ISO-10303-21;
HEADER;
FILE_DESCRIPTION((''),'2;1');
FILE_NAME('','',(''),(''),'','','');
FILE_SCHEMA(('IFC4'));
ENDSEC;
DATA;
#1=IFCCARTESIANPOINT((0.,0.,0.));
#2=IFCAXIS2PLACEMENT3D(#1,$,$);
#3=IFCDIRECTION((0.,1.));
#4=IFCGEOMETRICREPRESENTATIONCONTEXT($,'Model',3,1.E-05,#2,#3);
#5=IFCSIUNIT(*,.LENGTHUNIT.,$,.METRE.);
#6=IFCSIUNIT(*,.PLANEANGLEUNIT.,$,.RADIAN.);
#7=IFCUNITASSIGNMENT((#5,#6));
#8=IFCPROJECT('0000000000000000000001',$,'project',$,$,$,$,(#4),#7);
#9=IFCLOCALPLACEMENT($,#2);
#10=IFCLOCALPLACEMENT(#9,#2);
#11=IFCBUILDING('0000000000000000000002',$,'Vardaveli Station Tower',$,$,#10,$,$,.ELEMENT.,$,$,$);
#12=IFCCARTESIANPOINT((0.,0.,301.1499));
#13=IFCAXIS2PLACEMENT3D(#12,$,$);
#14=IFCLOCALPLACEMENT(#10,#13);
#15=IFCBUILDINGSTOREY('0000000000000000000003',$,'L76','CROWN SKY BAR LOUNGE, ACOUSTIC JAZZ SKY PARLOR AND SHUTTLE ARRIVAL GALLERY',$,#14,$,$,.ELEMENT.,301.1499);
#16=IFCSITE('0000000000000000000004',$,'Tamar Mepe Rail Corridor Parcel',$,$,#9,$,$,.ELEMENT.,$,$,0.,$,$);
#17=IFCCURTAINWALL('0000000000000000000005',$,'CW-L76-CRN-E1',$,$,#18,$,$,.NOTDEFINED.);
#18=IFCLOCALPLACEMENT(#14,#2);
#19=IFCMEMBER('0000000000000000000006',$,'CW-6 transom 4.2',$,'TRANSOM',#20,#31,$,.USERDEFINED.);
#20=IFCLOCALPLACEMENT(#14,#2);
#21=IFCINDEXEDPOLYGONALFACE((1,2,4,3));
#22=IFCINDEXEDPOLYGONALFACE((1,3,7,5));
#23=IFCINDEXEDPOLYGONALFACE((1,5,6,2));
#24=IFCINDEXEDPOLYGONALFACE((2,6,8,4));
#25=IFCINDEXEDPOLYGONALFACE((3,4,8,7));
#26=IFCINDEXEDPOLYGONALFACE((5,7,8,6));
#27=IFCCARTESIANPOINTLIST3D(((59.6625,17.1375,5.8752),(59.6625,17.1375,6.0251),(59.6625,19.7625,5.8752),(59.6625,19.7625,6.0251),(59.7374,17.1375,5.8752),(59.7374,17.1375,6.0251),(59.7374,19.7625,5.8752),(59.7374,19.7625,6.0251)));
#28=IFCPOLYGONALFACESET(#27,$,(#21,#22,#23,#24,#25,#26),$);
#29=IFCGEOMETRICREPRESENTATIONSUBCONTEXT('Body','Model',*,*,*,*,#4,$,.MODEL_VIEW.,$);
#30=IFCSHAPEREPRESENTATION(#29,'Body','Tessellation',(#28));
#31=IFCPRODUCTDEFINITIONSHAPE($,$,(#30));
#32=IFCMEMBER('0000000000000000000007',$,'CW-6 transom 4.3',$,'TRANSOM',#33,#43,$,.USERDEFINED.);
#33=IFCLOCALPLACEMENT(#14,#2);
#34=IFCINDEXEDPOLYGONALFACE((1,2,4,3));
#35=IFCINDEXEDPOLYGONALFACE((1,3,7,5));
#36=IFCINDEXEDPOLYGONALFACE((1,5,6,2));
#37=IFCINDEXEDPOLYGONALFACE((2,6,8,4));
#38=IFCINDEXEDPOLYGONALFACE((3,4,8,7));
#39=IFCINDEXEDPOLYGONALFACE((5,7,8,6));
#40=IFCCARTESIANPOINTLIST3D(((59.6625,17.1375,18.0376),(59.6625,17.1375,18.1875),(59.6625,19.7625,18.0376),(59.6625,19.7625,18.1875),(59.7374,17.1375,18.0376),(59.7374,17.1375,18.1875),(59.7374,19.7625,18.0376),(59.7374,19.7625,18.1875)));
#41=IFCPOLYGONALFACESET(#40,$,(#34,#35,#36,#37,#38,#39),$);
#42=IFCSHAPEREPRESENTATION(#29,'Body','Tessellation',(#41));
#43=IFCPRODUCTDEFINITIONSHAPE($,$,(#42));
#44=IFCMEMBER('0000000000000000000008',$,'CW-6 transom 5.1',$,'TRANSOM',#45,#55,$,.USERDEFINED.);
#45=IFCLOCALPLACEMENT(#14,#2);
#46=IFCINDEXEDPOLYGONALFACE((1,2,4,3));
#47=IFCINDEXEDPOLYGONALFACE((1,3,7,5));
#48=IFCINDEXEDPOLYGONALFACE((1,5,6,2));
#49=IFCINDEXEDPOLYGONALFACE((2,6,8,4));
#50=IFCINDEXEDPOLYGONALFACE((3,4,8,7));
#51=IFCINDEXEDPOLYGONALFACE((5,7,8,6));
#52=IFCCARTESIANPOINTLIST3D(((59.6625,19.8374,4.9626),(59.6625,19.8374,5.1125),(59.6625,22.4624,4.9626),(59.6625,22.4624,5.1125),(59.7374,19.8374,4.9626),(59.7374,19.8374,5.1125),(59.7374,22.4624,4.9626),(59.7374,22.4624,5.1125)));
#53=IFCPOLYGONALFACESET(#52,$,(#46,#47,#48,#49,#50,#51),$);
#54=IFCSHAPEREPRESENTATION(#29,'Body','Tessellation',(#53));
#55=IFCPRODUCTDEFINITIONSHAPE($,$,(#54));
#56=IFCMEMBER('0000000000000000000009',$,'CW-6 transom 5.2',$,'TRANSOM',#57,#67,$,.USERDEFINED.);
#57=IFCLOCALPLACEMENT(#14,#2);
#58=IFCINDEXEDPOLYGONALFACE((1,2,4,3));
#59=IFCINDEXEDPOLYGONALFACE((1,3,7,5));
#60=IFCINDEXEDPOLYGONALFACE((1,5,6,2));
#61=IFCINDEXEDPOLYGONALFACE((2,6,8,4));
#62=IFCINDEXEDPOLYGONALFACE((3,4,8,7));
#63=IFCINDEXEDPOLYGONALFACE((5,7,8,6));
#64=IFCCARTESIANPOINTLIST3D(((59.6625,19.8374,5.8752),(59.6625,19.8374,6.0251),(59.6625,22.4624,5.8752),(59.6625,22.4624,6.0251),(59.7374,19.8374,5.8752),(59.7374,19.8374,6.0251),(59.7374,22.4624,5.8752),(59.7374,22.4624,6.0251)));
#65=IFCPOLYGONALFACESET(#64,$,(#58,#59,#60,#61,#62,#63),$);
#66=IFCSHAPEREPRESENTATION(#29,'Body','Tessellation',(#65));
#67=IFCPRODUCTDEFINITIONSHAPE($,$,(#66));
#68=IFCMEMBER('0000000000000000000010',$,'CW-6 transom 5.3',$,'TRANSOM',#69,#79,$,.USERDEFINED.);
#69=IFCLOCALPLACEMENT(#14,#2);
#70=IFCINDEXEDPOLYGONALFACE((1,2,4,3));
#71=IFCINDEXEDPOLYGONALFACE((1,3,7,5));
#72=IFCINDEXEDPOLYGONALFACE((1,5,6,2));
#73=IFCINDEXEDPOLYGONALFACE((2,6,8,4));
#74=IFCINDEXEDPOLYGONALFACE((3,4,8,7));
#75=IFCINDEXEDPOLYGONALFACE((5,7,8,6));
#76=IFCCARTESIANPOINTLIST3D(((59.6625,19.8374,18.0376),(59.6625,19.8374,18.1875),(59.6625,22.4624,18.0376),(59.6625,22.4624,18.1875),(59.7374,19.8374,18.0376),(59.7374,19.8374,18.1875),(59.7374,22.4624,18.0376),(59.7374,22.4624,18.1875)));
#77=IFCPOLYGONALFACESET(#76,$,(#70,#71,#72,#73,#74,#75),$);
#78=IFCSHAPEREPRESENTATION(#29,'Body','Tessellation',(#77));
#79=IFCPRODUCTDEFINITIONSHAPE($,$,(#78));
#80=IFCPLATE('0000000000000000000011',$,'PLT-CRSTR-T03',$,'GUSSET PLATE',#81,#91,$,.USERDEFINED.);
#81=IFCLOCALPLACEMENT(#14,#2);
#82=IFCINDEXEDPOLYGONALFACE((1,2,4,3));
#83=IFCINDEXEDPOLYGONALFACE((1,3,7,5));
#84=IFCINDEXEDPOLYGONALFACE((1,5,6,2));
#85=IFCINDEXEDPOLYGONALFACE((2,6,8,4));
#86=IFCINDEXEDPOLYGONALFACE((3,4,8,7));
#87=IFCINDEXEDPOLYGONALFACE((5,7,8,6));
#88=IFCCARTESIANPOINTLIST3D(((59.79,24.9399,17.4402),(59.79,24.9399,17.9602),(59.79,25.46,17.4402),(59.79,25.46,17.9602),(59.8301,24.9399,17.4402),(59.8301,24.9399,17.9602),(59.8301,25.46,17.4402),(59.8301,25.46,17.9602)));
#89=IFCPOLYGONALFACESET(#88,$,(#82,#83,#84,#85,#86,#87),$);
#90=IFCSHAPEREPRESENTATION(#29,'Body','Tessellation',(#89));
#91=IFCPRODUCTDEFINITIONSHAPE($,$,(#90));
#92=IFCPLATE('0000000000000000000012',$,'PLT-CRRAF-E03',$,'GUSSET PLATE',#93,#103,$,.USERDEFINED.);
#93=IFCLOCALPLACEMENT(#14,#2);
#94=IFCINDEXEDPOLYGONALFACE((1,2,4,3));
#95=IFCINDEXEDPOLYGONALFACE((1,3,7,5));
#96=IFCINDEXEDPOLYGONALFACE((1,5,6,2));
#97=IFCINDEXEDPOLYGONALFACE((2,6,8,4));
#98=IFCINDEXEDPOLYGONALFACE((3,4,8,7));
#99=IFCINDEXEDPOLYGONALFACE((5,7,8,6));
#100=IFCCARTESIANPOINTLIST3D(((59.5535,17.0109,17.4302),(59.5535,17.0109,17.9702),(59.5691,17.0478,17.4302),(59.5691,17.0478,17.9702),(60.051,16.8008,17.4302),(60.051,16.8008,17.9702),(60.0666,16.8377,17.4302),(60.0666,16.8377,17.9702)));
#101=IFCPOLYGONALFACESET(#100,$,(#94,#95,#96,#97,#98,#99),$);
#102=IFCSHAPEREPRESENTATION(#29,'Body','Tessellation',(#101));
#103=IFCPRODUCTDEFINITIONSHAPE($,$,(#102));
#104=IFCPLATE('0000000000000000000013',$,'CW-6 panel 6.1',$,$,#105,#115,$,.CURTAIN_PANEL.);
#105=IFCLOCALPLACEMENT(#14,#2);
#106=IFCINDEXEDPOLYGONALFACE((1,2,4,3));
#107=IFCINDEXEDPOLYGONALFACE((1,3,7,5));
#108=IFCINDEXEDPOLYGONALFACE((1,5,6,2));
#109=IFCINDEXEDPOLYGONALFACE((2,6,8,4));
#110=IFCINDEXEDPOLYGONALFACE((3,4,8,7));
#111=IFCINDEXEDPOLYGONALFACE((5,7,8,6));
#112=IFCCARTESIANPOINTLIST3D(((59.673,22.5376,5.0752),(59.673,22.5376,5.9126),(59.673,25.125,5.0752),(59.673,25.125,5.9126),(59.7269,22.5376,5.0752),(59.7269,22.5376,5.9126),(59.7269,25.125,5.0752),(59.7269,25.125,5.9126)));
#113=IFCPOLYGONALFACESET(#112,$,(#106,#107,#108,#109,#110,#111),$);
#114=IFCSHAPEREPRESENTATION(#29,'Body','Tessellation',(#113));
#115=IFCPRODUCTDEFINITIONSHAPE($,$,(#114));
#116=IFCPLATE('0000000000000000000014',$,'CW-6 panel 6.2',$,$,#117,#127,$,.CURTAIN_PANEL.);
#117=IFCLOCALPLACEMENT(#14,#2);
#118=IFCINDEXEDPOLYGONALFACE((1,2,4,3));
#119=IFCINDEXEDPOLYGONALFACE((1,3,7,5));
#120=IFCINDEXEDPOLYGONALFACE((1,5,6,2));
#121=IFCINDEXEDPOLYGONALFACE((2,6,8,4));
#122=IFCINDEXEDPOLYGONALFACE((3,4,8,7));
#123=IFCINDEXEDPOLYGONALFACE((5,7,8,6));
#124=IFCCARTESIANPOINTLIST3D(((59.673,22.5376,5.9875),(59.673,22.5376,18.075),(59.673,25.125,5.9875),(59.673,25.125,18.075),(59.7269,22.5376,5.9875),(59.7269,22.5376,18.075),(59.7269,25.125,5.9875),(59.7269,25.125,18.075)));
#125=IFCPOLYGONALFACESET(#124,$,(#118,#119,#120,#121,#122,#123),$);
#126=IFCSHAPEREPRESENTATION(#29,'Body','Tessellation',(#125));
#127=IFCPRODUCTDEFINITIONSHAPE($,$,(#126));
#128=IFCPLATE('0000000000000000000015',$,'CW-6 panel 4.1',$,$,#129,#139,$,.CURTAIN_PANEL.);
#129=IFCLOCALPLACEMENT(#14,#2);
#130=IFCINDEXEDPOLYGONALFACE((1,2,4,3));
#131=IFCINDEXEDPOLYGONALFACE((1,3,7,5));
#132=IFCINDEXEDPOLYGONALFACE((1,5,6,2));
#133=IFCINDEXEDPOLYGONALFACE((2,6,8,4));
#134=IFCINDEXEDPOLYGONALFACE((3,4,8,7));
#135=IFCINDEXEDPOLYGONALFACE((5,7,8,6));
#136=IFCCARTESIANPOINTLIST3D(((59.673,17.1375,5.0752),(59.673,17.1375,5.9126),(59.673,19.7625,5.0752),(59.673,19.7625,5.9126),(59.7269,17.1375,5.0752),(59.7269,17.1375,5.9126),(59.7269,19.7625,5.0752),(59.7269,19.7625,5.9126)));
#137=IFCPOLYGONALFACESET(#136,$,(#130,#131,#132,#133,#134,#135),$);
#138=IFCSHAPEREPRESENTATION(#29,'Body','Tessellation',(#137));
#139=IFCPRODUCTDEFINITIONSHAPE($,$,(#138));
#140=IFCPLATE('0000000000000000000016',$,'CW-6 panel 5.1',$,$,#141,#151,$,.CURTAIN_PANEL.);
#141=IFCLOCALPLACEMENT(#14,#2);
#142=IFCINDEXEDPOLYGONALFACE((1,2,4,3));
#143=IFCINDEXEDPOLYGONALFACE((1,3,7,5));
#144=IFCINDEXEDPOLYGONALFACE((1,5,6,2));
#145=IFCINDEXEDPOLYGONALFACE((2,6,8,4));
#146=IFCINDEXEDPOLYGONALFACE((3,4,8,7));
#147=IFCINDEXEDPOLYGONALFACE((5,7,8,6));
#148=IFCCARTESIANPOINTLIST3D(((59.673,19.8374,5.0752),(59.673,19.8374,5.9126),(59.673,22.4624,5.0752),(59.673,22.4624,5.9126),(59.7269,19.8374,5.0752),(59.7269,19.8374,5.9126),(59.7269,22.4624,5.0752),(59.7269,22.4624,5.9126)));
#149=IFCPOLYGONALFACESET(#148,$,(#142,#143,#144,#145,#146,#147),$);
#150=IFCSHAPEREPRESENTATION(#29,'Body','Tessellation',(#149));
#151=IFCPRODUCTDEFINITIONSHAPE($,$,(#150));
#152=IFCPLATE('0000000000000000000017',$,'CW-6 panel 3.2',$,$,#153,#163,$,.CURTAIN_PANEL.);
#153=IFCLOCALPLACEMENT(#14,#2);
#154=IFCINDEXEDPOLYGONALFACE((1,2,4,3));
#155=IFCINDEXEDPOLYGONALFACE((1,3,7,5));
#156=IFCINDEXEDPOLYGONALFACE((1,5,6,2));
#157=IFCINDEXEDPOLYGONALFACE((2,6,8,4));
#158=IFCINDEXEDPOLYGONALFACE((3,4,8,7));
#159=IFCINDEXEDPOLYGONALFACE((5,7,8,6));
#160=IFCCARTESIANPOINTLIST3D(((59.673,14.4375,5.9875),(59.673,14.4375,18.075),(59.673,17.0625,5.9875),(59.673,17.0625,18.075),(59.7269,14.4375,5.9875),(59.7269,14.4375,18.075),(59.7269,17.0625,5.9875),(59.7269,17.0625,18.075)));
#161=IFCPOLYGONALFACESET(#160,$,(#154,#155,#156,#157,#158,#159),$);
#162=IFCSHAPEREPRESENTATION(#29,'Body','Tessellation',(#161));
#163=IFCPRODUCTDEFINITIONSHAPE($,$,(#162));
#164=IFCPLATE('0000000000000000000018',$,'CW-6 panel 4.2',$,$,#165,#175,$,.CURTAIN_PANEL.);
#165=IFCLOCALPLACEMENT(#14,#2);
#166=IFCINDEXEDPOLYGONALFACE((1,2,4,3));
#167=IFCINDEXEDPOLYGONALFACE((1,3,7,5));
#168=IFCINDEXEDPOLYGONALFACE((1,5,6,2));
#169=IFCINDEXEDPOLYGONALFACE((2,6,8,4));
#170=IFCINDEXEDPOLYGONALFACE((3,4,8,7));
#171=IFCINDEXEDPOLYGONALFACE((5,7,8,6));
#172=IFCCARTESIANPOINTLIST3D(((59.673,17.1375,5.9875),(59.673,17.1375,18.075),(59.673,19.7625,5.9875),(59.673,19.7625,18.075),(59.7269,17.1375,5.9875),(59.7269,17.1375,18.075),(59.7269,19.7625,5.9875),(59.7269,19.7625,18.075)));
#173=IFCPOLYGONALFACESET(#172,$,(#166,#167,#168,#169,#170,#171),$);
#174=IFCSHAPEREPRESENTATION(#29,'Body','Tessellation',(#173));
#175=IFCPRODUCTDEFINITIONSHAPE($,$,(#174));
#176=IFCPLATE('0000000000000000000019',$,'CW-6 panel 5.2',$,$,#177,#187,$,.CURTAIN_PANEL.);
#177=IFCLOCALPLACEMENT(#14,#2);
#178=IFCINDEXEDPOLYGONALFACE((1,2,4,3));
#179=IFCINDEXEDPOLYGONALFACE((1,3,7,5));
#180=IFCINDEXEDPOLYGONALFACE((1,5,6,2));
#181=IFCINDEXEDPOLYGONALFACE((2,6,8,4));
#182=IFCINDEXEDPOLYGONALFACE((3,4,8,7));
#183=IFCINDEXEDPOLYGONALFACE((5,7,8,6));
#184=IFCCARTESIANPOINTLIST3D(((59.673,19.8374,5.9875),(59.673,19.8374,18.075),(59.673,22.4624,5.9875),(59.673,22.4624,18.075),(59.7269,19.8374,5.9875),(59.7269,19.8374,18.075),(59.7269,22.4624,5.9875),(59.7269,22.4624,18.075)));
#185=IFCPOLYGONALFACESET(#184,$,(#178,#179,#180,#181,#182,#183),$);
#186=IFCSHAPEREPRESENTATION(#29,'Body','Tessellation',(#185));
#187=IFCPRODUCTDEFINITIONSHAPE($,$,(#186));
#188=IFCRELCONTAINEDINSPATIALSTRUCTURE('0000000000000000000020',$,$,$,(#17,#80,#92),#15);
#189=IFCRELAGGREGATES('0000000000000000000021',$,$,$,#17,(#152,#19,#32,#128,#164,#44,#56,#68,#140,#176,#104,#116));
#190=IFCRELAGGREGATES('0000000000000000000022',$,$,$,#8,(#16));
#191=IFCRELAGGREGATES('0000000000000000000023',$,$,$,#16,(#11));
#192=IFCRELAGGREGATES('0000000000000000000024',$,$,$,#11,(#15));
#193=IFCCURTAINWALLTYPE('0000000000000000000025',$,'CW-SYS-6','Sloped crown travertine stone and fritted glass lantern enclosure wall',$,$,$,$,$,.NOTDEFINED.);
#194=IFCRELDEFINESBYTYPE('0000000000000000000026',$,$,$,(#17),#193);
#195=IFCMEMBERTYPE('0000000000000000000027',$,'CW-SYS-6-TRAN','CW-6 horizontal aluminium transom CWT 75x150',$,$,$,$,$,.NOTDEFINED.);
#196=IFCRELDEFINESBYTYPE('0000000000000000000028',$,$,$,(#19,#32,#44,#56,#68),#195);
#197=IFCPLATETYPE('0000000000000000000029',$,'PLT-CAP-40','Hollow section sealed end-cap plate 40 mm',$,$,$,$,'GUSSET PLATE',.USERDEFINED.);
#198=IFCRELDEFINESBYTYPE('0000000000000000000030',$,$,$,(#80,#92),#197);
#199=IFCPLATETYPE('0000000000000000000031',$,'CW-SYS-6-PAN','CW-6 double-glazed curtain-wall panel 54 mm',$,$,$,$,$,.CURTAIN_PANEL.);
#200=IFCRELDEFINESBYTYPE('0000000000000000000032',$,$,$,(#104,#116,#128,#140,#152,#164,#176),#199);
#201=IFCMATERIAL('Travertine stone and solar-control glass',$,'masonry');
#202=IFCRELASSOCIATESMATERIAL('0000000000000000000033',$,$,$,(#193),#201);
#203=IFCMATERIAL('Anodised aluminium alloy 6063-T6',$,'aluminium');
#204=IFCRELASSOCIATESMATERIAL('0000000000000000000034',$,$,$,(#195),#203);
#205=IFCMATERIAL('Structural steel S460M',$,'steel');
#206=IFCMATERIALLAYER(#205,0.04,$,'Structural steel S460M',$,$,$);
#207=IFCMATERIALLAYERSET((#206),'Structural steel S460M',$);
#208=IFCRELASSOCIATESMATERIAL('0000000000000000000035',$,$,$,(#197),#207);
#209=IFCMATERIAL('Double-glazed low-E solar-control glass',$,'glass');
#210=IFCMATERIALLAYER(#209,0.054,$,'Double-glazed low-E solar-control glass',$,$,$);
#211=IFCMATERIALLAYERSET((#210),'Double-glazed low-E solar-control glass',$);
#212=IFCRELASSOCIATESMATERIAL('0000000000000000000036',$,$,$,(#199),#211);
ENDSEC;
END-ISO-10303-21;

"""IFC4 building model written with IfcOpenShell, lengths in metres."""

from ifc_helpers import new_model, si_unit, direction, frame, origin, origin_2d, place, context, subcontext, project, spatial, rectangle, extrude, source, transform, mapped, material, layer, layer_set, material_profile, profile_set, type_object, element, aggregate, save


model = new_model("IFC4")

# Units and contexts
model_context = context("Model", 3, precision=1e-05, world=origin(), true_north=direction((0.0, 1.0)))
body_context = subcontext(model_context, "Body", "Model", "MODEL_VIEW")
ifc_project = project(units=[si_unit("LENGTHUNIT", "METRE"), si_unit("PLANEANGLEUNIT", "RADIAN")], contexts=[model_context])

# Site, building, storey
site_placement = place(None, origin())
site = spatial("IfcSite", under=ifc_project, at=site_placement, Name="Tamar Mepe Rail Corridor Parcel", CompositionType="ELEMENT", RefElevation=0.0)
building_placement = place(site_placement, origin())
building = spatial("IfcBuilding", under=site, at=building_placement, Name="Vardaveli Station Tower", CompositionType="ELEMENT")
storey_placement = place(building_placement, frame((0.0, 0.0, 301.1499)))
storey = spatial("IfcBuildingStorey", under=building, at=storey_placement, Name="L76", Description="CROWN SKY BAR LOUNGE, ACOUSTIC JAZZ SKY PARLOR AND SHUTTLE ARRIVAL GALLERY", CompositionType="ELEMENT", Elevation=301.1499)

# Shared definitions
ifc_material_1 = material(Name="Structural steel S460M", Category="steel")

# Curtain wall, members
ifc_material_2 = material(Name="Travertine stone and solar-control glass", Category="masonry")
curtain_wall_type = type_object("IfcCurtainWallType", Name="CW-SYS-6", Description="Sloped crown travertine stone and fritted glass lantern enclosure wall", PredefinedType="NOTDEFINED", material=ifc_material_2)
curtain_wall_placement = place(storey_placement, origin())
curtain_wall = element("IfcCurtainWall", 1, at=curtain_wall_placement, inside=storey, type_object=curtain_wall_type, Name="CW-L76-CRN-E1", PredefinedType="NOTDEFINED")
ifc_material_3 = material(Name="Anodised aluminium alloy 6063-T6", Category="aluminium")
ifc_material_profile_1 = material_profile(ifc_material_3, rectangle(XDim=0.075, YDim=0.1499, at=origin_2d()), Name="CWT 75x150")
ifc_profile_set_1 = profile_set([ifc_material_profile_1], Name="Anodised aluminium alloy 6063-T6")
member_type_1 = type_object("IfcMemberType", Name="CW-SYS-6-TRAN", Description="CW-6 horizontal aluminium transom CWT 75x150", PredefinedType="NOTDEFINED", material=ifc_profile_set_1)
shared_shape_1 = source(origin(), body_context, "Body", "SweptSolid", [
    extrude(rectangle(XDim=0.075, YDim=0.1499, at=origin_2d()), origin(), (0.0, 0.0, 1.0), 2.625),
])
member_1_placement = place(storey_placement, frame((59.7, 17.1375, 5.9502), z_axis=(0.0, 1.0, 0.0), x_axis=(-1.0, 0.0, 0.0)))
member_1 = element("IfcMember", 2, at=member_1_placement, type_object=member_type_1, Name="CW-6 transom 4.2", ObjectType="TRANSOM", PredefinedType="USERDEFINED", context=body_context, shape_type="MappedRepresentation", body=[
    mapped(shared_shape_1, transform((0.0, 0.0, 0.0), scale=1.0)),
])
member_2_placement = place(storey_placement, frame((59.7, 17.1375, 18.1125), z_axis=(0.0, 1.0, 0.0), x_axis=(-1.0, 0.0, 0.0)))
member_2 = element("IfcMember", 3, at=member_2_placement, type_object=member_type_1, Name="CW-6 transom 4.3", ObjectType="TRANSOM", PredefinedType="USERDEFINED", context=body_context, shape_type="MappedRepresentation", body=[
    mapped(shared_shape_1, transform((0.0, 0.0, 0.0), scale=1.0)),
])
member_3_placement = place(storey_placement, frame((59.7, 19.8374, 5.0376), z_axis=(0.0, 1.0, 0.0), x_axis=(-1.0, 0.0, 0.0)))
member_3 = element("IfcMember", 4, at=member_3_placement, type_object=member_type_1, Name="CW-6 transom 5.1", ObjectType="TRANSOM", PredefinedType="USERDEFINED", context=body_context, shape_type="MappedRepresentation", body=[
    mapped(shared_shape_1, transform((0.0, 0.0, 0.0), scale=1.0)),
])
member_4_placement = place(storey_placement, frame((59.7, 19.8374, 5.9502), z_axis=(0.0, 1.0, 0.0), x_axis=(-1.0, 0.0, 0.0)))
member_4 = element("IfcMember", 5, at=member_4_placement, type_object=member_type_1, Name="CW-6 transom 5.2", ObjectType="TRANSOM", PredefinedType="USERDEFINED", context=body_context, shape_type="MappedRepresentation", body=[
    mapped(shared_shape_1, transform((0.0, 0.0, 0.0), scale=1.0)),
])
member_5_placement = place(storey_placement, frame((59.7, 19.8374, 18.1125), z_axis=(0.0, 1.0, 0.0), x_axis=(-1.0, 0.0, 0.0)))
member_5 = element("IfcMember", 6, at=member_5_placement, type_object=member_type_1, Name="CW-6 transom 5.3", ObjectType="TRANSOM", PredefinedType="USERDEFINED", context=body_context, shape_type="MappedRepresentation", body=[
    mapped(shared_shape_1, transform((0.0, 0.0, 0.0), scale=1.0)),
])

# Plates
ifc_layer_1 = layer(ifc_material_1, 0.04, Name="Structural steel S460M")
ifc_layer_set_1 = layer_set([ifc_layer_1], Name="Structural steel S460M")
plate_type_1 = type_object("IfcPlateType", Name="PLT-CAP-40", Description="Hollow section sealed end-cap plate 40 mm", ElementType="GUSSET PLATE", PredefinedType="USERDEFINED", material=ifc_layer_set_1)
shared_shape_2 = source(origin(), body_context, "Body", "SweptSolid", [
    extrude(rectangle(XDim=0.52, YDim=0.04, at=origin_2d()), origin(), (0.0, 0.0, 1.0), 0.52),
])
plate_1_placement = place(storey_placement, frame((59.8101, 25.2, 17.4402), z_axis=(0.0, 0.0, 1.0), x_axis=(0.0, 1.0, 0.0)))
element("IfcPlate", 7, at=plate_1_placement, inside=storey, type_object=plate_type_1, Name="PLT-CRSTR-T03", ObjectType="GUSSET PLATE", PredefinedType="USERDEFINED", context=body_context, shape_type="MappedRepresentation", body=[
    mapped(shared_shape_2, transform((0.0, 0.0, 0.0), scale=1.0)),
])
shared_shape_3 = source(origin(), body_context, "Body", "SweptSolid", [
    extrude(rectangle(XDim=0.54, YDim=0.04, at=origin_2d()), origin(), (0.0, 0.0, 1.0), 0.54),
])
plate_2_placement = place(storey_placement, frame((59.8101, 16.9243, 17.4302), z_axis=(0.0, 0.0, 1.0), x_axis=(-0.921185, 0.389124, 0.0)))
element("IfcPlate", 8, at=plate_2_placement, inside=storey, type_object=plate_type_1, Name="PLT-CRRAF-E03", ObjectType="GUSSET PLATE", PredefinedType="USERDEFINED", context=body_context, shape_type="MappedRepresentation", body=[
    mapped(shared_shape_3, transform((0.0, 0.0, 0.0), scale=1.0)),
])

# Plates
ifc_material_4 = material(Name="Double-glazed low-E solar-control glass", Category="glass")
ifc_layer_2 = layer(ifc_material_4, 0.054, Name="Double-glazed low-E solar-control glass")
ifc_layer_set_2 = layer_set([ifc_layer_2], Name="Double-glazed low-E solar-control glass")
plate_type_2 = type_object("IfcPlateType", Name="CW-SYS-6-PAN", Description="CW-6 double-glazed curtain-wall panel 54 mm", PredefinedType="CURTAIN_PANEL", material=ifc_layer_set_2)
shared_shape_4 = source(origin(), body_context, "Body", "SweptSolid", [
    extrude(rectangle(XDim=2.5874, YDim=0.054, at=origin_2d()), origin(), (0.0, 0.0, 1.0), 0.8374),
])
plate_3_placement = place(storey_placement, frame((59.7, 23.8313, 5.0752), z_axis=(0.0, 0.0, 1.0), x_axis=(0.0, 1.0, 0.0)))
plate_3 = element("IfcPlate", 9, at=plate_3_placement, type_object=plate_type_2, Name="CW-6 panel 6.1", PredefinedType="CURTAIN_PANEL", context=body_context, shape_type="MappedRepresentation", body=[
    mapped(shared_shape_4, transform((0.0, 0.0, 0.0), scale=1.0)),
])
shared_shape_5 = source(origin(), body_context, "Body", "SweptSolid", [
    extrude(rectangle(XDim=2.5874, YDim=0.054, at=origin_2d()), origin(), (0.0, 0.0, 1.0), 12.0874),
])
plate_4_placement = place(storey_placement, frame((59.7, 23.8313, 5.9875), z_axis=(0.0, 0.0, 1.0), x_axis=(0.0, 1.0, 0.0)))
plate_4 = element("IfcPlate", 10, at=plate_4_placement, type_object=plate_type_2, Name="CW-6 panel 6.2", PredefinedType="CURTAIN_PANEL", context=body_context, shape_type="MappedRepresentation", body=[
    mapped(shared_shape_5, transform((0.0, 0.0, 0.0), scale=1.0)),
])
shared_shape_6 = source(origin(), body_context, "Body", "SweptSolid", [
    extrude(rectangle(XDim=2.625, YDim=0.054, at=origin_2d()), origin(), (0.0, 0.0, 1.0), 0.8374),
])
plate_5_placement = place(storey_placement, frame((59.7, 18.45, 5.0752), z_axis=(0.0, 0.0, 1.0), x_axis=(0.0, 1.0, 0.0)))
plate_5 = element("IfcPlate", 11, at=plate_5_placement, type_object=plate_type_2, Name="CW-6 panel 4.1", PredefinedType="CURTAIN_PANEL", context=body_context, shape_type="MappedRepresentation", body=[
    mapped(shared_shape_6, transform((0.0, 0.0, 0.0), scale=1.0)),
])
plate_6_placement = place(storey_placement, frame((59.7, 21.1499, 5.0752), z_axis=(0.0, 0.0, 1.0), x_axis=(0.0, 1.0, 0.0)))
plate_6 = element("IfcPlate", 12, at=plate_6_placement, type_object=plate_type_2, Name="CW-6 panel 5.1", PredefinedType="CURTAIN_PANEL", context=body_context, shape_type="MappedRepresentation", body=[
    mapped(shared_shape_6, transform((0.0, 0.0, 0.0), scale=1.0)),
])
shared_shape_7 = source(origin(), body_context, "Body", "SweptSolid", [
    extrude(rectangle(XDim=2.625, YDim=0.054, at=origin_2d()), origin(), (0.0, 0.0, 1.0), 12.0874),
])
plate_7_placement = place(storey_placement, frame((59.7, 15.75, 5.9875), z_axis=(0.0, 0.0, 1.0), x_axis=(0.0, 1.0, 0.0)))
plate_7 = element("IfcPlate", 13, at=plate_7_placement, type_object=plate_type_2, Name="CW-6 panel 3.2", PredefinedType="CURTAIN_PANEL", context=body_context, shape_type="MappedRepresentation", body=[
    mapped(shared_shape_7, transform((0.0, 0.0, 0.0), scale=1.0)),
])
plate_8_placement = place(storey_placement, frame((59.7, 18.45, 5.9875), z_axis=(0.0, 0.0, 1.0), x_axis=(0.0, 1.0, 0.0)))
plate_8 = element("IfcPlate", 14, at=plate_8_placement, type_object=plate_type_2, Name="CW-6 panel 4.2", PredefinedType="CURTAIN_PANEL", context=body_context, shape_type="MappedRepresentation", body=[
    mapped(shared_shape_7, transform((0.0, 0.0, 0.0), scale=1.0)),
])
plate_9_placement = place(storey_placement, frame((59.7, 21.1499, 5.9875), z_axis=(0.0, 0.0, 1.0), x_axis=(0.0, 1.0, 0.0)))
plate_9 = element("IfcPlate", 15, at=plate_9_placement, type_object=plate_type_2, Name="CW-6 panel 5.2", PredefinedType="CURTAIN_PANEL", context=body_context, shape_type="MappedRepresentation", body=[
    mapped(shared_shape_7, transform((0.0, 0.0, 0.0), scale=1.0)),
])
aggregate(curtain_wall, [plate_7, member_1, member_2, plate_5, plate_8, member_3, member_4, member_5, plate_6, plate_9, plate_3, plate_4])

save(model, "model.ifc")
